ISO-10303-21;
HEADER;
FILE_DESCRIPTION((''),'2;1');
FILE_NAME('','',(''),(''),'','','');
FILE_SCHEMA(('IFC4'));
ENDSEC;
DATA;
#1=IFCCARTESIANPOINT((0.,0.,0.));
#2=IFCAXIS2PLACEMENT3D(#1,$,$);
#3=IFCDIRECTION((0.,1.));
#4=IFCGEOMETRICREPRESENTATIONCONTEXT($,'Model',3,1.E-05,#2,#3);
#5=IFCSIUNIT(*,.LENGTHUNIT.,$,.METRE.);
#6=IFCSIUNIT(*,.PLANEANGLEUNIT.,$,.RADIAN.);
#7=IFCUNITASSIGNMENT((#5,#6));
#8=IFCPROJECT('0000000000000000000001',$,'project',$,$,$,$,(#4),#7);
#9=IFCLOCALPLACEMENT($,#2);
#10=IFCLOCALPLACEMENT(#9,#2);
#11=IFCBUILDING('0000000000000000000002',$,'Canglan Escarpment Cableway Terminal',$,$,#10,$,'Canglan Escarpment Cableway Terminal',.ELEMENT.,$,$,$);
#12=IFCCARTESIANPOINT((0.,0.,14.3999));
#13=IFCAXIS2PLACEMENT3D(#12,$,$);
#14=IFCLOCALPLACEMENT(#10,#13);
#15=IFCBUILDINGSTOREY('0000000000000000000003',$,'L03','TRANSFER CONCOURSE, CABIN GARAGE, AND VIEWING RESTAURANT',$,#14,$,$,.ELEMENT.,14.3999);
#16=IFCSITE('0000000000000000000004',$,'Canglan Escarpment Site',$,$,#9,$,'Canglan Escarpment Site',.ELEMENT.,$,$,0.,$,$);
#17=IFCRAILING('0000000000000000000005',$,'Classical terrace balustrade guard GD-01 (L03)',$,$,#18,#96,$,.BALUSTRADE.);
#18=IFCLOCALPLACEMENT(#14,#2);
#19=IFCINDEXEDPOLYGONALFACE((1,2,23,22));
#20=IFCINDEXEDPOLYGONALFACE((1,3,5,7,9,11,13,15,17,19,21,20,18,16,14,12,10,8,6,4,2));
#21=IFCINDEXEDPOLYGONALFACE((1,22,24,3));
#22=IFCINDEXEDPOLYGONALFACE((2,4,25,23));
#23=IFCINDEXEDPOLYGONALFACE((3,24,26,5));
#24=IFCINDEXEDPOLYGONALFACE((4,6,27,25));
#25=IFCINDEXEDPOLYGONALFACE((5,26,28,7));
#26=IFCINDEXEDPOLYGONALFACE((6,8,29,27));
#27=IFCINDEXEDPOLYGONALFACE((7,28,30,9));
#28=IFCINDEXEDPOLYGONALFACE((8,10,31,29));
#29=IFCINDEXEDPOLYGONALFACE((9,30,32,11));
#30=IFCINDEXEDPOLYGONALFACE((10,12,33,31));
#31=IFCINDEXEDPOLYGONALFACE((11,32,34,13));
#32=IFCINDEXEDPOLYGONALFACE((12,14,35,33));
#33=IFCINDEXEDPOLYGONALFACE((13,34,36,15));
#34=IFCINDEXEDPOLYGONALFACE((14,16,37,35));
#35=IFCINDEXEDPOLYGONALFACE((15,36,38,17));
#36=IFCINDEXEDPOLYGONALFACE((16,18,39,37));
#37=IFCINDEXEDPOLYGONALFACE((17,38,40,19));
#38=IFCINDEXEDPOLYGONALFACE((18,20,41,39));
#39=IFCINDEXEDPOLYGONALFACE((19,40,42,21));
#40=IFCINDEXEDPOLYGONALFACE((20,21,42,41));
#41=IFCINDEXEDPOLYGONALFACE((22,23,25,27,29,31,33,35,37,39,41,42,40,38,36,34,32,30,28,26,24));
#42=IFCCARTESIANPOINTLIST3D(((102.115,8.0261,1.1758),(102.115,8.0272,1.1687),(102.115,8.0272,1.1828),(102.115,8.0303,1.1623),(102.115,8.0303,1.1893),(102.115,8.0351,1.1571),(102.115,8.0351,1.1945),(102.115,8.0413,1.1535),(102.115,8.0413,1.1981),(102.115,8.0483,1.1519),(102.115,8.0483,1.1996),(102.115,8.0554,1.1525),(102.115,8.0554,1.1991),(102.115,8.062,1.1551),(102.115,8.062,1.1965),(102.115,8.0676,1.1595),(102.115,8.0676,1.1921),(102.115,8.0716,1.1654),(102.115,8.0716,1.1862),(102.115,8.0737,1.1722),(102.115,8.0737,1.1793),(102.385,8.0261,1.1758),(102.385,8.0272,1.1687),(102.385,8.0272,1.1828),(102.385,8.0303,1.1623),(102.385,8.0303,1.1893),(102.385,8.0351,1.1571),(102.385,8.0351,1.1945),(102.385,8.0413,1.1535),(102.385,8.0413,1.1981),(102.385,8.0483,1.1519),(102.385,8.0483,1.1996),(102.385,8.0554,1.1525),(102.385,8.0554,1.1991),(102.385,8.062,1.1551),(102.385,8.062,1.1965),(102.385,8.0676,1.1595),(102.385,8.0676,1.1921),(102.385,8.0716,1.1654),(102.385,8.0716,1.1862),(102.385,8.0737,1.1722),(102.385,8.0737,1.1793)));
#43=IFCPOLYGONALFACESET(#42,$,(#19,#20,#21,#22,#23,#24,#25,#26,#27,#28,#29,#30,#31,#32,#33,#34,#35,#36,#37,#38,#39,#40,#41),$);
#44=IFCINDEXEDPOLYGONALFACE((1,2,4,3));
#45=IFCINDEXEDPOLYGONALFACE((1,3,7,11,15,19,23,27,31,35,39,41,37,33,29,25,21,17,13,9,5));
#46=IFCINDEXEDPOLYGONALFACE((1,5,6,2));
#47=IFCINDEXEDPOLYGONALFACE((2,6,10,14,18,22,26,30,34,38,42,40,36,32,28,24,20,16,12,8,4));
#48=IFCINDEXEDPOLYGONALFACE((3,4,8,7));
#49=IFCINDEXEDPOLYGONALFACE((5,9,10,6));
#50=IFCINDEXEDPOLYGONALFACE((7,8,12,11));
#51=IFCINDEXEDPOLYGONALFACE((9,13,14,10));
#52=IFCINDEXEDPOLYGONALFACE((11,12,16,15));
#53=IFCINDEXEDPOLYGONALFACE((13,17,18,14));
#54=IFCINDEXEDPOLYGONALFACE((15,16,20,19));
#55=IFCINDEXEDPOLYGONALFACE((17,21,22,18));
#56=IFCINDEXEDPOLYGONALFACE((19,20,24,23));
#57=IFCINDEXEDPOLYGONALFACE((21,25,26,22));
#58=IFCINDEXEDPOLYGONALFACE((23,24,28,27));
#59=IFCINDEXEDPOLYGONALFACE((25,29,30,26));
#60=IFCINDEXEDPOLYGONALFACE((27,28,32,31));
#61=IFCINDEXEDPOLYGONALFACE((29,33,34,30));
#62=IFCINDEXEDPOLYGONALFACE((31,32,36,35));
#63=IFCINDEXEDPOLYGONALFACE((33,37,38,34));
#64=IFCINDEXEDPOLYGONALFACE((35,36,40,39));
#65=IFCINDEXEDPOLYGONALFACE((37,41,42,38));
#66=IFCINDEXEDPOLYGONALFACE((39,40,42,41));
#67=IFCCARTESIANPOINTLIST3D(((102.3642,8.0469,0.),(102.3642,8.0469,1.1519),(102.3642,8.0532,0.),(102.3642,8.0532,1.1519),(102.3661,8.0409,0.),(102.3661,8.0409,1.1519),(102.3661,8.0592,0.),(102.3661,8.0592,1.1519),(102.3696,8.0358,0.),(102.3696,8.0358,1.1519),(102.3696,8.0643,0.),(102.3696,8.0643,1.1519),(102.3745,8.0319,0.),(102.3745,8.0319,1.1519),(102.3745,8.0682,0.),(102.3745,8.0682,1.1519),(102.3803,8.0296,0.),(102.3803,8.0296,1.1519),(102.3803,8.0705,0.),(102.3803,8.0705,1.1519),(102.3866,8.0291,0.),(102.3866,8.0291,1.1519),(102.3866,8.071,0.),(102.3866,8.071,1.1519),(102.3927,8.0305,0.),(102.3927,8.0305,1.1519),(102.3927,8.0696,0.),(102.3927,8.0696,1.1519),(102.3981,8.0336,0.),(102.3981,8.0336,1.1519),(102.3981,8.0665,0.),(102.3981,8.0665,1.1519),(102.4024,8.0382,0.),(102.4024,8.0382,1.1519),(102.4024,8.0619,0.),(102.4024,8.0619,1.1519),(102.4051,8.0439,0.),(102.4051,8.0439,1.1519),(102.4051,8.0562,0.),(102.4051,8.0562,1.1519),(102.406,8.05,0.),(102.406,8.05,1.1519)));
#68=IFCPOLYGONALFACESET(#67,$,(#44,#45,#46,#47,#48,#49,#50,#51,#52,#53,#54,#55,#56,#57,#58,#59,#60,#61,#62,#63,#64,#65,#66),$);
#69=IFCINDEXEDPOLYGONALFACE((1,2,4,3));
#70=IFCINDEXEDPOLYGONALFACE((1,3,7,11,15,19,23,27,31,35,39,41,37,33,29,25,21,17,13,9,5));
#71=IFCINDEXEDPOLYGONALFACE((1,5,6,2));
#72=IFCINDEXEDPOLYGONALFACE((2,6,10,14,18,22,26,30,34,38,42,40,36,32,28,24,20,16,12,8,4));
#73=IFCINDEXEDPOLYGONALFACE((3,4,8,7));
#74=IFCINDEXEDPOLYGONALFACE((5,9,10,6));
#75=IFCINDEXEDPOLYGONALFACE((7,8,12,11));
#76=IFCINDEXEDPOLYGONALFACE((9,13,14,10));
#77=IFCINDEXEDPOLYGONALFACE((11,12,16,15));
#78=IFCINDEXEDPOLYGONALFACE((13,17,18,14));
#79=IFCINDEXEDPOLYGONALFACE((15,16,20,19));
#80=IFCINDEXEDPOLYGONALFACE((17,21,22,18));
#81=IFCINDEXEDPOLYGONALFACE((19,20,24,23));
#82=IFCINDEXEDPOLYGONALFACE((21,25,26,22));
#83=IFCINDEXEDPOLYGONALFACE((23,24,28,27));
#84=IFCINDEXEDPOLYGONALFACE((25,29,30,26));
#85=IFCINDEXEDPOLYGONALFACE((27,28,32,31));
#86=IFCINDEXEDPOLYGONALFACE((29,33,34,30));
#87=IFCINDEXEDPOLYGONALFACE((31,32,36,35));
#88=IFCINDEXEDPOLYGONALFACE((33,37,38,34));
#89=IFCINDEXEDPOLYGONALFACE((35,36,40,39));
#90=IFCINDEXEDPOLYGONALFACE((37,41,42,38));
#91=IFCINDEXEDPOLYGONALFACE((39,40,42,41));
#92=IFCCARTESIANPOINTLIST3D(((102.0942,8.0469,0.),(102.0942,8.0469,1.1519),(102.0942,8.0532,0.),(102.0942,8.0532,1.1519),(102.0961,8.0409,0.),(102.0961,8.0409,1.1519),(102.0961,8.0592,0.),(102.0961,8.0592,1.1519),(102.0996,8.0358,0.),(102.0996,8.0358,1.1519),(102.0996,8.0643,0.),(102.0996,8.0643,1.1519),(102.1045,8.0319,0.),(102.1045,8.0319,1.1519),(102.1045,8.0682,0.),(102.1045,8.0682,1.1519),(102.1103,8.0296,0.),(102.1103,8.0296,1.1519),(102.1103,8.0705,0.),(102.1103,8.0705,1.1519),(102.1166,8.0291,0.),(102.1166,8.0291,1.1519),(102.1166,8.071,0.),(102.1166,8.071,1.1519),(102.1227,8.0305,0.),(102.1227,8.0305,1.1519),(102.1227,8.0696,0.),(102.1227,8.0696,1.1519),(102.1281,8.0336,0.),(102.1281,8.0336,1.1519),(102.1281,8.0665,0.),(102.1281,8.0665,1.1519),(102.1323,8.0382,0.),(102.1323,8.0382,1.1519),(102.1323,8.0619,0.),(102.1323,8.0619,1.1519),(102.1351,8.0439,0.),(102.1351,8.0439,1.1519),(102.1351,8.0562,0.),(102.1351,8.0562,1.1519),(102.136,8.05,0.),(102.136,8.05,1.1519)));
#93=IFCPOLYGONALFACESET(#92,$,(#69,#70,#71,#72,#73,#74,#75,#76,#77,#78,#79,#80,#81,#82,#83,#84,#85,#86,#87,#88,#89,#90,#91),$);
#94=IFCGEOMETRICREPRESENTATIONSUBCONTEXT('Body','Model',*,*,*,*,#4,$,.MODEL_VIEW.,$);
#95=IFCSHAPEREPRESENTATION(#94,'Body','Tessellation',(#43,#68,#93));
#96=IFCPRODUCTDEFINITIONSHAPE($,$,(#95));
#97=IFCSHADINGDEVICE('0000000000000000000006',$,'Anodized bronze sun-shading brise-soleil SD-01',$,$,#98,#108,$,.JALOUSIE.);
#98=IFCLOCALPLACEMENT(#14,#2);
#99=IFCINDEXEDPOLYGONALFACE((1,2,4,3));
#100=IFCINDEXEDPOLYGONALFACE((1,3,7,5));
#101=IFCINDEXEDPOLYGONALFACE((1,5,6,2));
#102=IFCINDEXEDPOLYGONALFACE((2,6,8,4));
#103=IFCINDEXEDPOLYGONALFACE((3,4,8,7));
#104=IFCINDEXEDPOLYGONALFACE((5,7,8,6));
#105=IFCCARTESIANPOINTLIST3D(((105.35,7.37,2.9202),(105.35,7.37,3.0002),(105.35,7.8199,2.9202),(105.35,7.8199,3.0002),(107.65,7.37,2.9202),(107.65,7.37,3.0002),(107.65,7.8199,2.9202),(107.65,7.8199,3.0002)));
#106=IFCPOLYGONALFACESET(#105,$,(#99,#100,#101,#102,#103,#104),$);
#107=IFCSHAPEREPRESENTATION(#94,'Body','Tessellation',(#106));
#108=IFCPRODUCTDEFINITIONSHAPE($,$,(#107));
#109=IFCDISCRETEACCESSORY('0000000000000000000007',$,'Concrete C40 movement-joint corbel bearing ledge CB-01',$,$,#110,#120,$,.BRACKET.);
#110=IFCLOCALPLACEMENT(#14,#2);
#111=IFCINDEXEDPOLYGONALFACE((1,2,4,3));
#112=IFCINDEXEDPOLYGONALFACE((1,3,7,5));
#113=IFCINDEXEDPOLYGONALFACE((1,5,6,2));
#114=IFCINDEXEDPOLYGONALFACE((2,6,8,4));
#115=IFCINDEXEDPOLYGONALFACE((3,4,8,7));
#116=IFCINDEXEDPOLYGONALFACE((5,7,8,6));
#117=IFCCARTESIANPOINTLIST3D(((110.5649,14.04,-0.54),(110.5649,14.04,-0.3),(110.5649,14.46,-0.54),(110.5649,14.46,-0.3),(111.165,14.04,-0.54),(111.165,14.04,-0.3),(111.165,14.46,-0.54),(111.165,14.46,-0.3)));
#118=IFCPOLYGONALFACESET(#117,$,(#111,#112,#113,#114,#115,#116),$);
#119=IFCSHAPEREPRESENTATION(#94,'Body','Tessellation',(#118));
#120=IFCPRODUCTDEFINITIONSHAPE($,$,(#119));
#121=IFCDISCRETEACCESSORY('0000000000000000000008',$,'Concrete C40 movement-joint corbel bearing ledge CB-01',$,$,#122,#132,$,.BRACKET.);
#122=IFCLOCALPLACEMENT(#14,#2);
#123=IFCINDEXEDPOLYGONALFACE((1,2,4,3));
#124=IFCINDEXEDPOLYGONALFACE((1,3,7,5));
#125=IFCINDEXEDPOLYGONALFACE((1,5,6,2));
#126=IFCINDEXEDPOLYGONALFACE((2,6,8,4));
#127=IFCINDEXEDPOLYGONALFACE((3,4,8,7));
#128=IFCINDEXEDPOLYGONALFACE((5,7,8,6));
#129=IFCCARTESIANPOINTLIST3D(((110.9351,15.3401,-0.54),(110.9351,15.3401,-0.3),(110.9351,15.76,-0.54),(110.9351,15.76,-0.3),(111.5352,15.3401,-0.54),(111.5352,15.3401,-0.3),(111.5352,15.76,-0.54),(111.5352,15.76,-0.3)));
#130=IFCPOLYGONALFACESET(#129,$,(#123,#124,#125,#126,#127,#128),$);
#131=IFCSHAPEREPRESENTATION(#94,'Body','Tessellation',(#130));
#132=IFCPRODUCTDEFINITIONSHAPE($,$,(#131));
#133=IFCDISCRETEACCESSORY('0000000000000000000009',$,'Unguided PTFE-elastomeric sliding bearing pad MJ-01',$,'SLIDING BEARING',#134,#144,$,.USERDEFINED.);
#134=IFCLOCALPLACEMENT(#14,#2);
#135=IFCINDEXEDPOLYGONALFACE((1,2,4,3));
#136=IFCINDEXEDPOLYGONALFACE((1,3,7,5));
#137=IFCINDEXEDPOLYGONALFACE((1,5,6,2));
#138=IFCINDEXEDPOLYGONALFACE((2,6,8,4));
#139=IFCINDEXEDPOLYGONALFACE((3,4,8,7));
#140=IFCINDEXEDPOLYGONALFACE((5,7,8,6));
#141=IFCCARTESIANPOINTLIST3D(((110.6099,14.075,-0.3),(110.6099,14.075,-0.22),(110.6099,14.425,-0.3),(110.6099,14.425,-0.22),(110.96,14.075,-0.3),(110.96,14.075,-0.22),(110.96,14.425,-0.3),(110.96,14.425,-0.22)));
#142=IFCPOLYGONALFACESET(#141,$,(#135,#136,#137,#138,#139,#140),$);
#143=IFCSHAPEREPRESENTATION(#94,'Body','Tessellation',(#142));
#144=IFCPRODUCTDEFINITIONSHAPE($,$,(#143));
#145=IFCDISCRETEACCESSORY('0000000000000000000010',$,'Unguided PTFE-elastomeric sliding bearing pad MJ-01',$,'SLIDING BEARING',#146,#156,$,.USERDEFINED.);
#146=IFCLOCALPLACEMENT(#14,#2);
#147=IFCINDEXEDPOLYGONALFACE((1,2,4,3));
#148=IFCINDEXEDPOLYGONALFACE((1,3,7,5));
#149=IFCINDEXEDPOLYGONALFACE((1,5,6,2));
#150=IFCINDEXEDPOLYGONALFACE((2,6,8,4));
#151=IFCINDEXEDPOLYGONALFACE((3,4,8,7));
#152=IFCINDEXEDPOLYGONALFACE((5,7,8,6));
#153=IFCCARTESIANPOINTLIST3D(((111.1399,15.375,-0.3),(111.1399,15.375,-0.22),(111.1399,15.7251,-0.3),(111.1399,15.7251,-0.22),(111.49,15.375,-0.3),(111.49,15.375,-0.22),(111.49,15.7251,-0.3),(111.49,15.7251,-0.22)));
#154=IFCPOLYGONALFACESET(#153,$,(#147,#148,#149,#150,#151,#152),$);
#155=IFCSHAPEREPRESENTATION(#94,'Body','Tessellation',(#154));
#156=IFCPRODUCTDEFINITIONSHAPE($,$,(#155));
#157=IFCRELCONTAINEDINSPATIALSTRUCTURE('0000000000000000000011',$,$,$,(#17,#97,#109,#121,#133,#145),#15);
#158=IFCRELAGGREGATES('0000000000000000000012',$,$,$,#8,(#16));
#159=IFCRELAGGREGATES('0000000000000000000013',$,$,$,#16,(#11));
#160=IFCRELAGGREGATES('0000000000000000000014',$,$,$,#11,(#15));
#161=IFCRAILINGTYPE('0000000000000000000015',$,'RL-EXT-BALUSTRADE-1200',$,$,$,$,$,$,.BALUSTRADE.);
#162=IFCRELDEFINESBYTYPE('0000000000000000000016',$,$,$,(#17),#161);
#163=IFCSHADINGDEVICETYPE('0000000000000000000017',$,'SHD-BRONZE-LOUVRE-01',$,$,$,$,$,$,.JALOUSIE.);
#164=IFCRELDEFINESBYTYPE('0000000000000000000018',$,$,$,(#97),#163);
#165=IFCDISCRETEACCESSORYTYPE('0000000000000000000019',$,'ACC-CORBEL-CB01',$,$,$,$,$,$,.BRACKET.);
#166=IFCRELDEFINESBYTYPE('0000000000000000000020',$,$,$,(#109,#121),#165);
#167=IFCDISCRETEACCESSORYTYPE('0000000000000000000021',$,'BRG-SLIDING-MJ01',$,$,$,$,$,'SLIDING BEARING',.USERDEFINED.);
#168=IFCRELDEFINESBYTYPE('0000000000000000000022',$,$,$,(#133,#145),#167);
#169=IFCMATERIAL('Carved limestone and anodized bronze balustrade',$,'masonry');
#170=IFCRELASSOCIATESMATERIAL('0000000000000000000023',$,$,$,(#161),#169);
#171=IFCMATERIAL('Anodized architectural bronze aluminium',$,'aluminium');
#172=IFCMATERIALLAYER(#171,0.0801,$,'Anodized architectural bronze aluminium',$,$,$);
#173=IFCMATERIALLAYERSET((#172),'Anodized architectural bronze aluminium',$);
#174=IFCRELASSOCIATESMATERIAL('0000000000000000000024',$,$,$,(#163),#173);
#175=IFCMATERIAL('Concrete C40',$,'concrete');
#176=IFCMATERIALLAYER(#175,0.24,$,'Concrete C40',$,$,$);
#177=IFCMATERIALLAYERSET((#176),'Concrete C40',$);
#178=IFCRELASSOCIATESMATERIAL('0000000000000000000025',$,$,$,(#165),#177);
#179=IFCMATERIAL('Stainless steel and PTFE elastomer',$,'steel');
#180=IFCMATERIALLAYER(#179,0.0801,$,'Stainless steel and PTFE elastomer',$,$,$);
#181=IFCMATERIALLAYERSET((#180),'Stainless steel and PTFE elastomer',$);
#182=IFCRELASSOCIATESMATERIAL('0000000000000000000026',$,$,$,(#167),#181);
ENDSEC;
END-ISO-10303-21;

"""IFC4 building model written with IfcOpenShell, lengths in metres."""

from ifc_helpers import new_model, si_unit, direction, frame, origin, origin_2d, place, context, subcontext, project, spatial, rectangle, circle, extrude, material, layer, layer_set, type_object, element, save


model = new_model("IFC4")

# Units and contexts
model_context = context("Model", 3, precision=1e-05, world=origin(), true_north=direction((0.0, 1.0)))
body_context = subcontext(model_context, "Body", "Model", "MODEL_VIEW")
ifc_project = project(units=[si_unit("LENGTHUNIT", "METRE"), si_unit("PLANEANGLEUNIT", "RADIAN")], contexts=[model_context])

# Site, building, storey
site_placement = place(None, origin())
site = spatial("IfcSite", under=ifc_project, at=site_placement, Name="Canglan Escarpment Site", LongName="Canglan Escarpment Site", CompositionType="ELEMENT", RefElevation=0.0)
building_placement = place(site_placement, origin())
building = spatial("IfcBuilding", under=site, at=building_placement, Name="Canglan Escarpment Cableway Terminal", LongName="Canglan Escarpment Cableway Terminal", CompositionType="ELEMENT")
storey_placement = place(building_placement, frame((0.0, 0.0, 14.3999)))
storey = spatial("IfcBuildingStorey", under=building, at=storey_placement, Name="L03", Description="TRANSFER CONCOURSE, CABIN GARAGE, AND VIEWING RESTAURANT", CompositionType="ELEMENT", Elevation=14.3999)

# Shared definitions
ifc_material_1 = material(Name="Concrete C40", Category="concrete")

# Railing
ifc_material_2 = material(Name="Carved limestone and anodized bronze balustrade", Category="masonry")
railing_type = type_object("IfcRailingType", Name="RL-EXT-BALUSTRADE-1200", PredefinedType="BALUSTRADE", material=ifc_material_2)
railing_1_placement = place(storey_placement, frame((102.385, 8.05, 0.0)))
element("IfcRailing", 1, at=railing_1_placement, inside=storey, type_object=railing_type, Name="Classical terrace balustrade guard GD-01 (L03)", PredefinedType="BALUSTRADE", context=body_context, shape_type="SweptSolid", body=[
    extrude(circle(Radius=0.0239, at=origin_2d()), frame((0.0, 0.0, 1.1758), z_axis=(-1.0, 0.0, 0.0), x_axis=(0.0, -1.0, 0.0)), (0.0, 0.0, 1.0), 0.27),
    extrude(circle(Radius=0.021, at=origin_2d()), origin(), (0.0, 0.0, 1.0), 1.1519),
    extrude(circle(Radius=0.021, at=origin_2d()), frame((-0.27, 0.0, 0.0)), (0.0, 0.0, 1.0), 1.1519),
])

# Shading device
ifc_material_3 = material(Name="Anodized architectural bronze aluminium", Category="aluminium")
ifc_layer_1 = layer(ifc_material_3, 0.0801, Name="Anodized architectural bronze aluminium")
ifc_layer_set_1 = layer_set([ifc_layer_1], Name="Anodized architectural bronze aluminium")
shading_device_type = type_object("IfcShadingDeviceType", Name="SHD-BRONZE-LOUVRE-01", PredefinedType="JALOUSIE", material=ifc_layer_set_1)
shading_device_placement = place(storey_placement, frame((106.5, 7.595, 2.9202), z_axis=(0.0, 0.0, 1.0), x_axis=(1.0, 0.0, 0.0)))
element("IfcShadingDevice", 2, at=shading_device_placement, inside=storey, type_object=shading_device_type, Name="Anodized bronze sun-shading brise-soleil SD-01", PredefinedType="JALOUSIE", context=body_context, shape_type="SweptSolid", body=[
    extrude(rectangle(XDim=2.3, YDim=0.45, at=origin_2d()), origin(), (0.0, 0.0, 1.0), 0.0801),
])

# Discrete accessories
ifc_layer_2 = layer(ifc_material_1, 0.24, Name="Concrete C40")
ifc_layer_set_2 = layer_set([ifc_layer_2], Name="Concrete C40")
discrete_accessory_type_1 = type_object("IfcDiscreteAccessoryType", Name="ACC-CORBEL-CB01", PredefinedType="BRACKET", material=ifc_layer_set_2)
for number, where, z_axis, x_axis, name in (
    (3, (110.865, 14.25, -0.54), (0.0, 0.0, 1.0), (1.0, 0.0, 0.0), "Concrete C40 movement-joint corbel bearing ledge CB-01"),
    (4, (111.2351, 15.55, -0.54), (0.0, 0.0, 1.0), (1.0, 0.0, 0.0), "Concrete C40 movement-joint corbel bearing ledge CB-01"),
):
    element("IfcDiscreteAccessory", number, at=place(storey_placement, frame(where, z_axis=z_axis, x_axis=x_axis)), inside=storey, type_object=discrete_accessory_type_1, Name=name, PredefinedType="BRACKET", context=body_context, shape_type="SweptSolid", body=[
        extrude(rectangle(XDim=0.6001, YDim=0.4199, at=origin_2d()), origin(), (0.0, 0.0, 1.0), 0.24),
    ])
ifc_material_4 = material(Name="Stainless steel and PTFE elastomer", Category="steel")
ifc_layer_3 = layer(ifc_material_4, 0.0801, Name="Stainless steel and PTFE elastomer")
ifc_layer_set_3 = layer_set([ifc_layer_3], Name="Stainless steel and PTFE elastomer")
discrete_accessory_type_2 = type_object("IfcDiscreteAccessoryType", Name="BRG-SLIDING-MJ01", ElementType="SLIDING BEARING", PredefinedType="USERDEFINED", material=ifc_layer_set_3)
for number, where, z_axis, x_axis, name in (
    (5, (110.7849, 14.25, -0.3), (0.0, 0.0, 1.0), (1.0, 0.0, 0.0), "Unguided PTFE-elastomeric sliding bearing pad MJ-01"),
    (6, (111.3149, 15.55, -0.3), (0.0, 0.0, 1.0), (1.0, 0.0, 0.0), "Unguided PTFE-elastomeric sliding bearing pad MJ-01"),
):
    element("IfcDiscreteAccessory", number, at=place(storey_placement, frame(where, z_axis=z_axis, x_axis=x_axis)), inside=storey, type_object=discrete_accessory_type_2, Name=name, ObjectType="SLIDING BEARING", PredefinedType="USERDEFINED", context=body_context, shape_type="SweptSolid", body=[
        extrude(rectangle(XDim=0.3501, YDim=0.3501, at=origin_2d()), origin(), (0.0, 0.0, 1.0), 0.0801),
    ])

save(model, "model.ifc")
